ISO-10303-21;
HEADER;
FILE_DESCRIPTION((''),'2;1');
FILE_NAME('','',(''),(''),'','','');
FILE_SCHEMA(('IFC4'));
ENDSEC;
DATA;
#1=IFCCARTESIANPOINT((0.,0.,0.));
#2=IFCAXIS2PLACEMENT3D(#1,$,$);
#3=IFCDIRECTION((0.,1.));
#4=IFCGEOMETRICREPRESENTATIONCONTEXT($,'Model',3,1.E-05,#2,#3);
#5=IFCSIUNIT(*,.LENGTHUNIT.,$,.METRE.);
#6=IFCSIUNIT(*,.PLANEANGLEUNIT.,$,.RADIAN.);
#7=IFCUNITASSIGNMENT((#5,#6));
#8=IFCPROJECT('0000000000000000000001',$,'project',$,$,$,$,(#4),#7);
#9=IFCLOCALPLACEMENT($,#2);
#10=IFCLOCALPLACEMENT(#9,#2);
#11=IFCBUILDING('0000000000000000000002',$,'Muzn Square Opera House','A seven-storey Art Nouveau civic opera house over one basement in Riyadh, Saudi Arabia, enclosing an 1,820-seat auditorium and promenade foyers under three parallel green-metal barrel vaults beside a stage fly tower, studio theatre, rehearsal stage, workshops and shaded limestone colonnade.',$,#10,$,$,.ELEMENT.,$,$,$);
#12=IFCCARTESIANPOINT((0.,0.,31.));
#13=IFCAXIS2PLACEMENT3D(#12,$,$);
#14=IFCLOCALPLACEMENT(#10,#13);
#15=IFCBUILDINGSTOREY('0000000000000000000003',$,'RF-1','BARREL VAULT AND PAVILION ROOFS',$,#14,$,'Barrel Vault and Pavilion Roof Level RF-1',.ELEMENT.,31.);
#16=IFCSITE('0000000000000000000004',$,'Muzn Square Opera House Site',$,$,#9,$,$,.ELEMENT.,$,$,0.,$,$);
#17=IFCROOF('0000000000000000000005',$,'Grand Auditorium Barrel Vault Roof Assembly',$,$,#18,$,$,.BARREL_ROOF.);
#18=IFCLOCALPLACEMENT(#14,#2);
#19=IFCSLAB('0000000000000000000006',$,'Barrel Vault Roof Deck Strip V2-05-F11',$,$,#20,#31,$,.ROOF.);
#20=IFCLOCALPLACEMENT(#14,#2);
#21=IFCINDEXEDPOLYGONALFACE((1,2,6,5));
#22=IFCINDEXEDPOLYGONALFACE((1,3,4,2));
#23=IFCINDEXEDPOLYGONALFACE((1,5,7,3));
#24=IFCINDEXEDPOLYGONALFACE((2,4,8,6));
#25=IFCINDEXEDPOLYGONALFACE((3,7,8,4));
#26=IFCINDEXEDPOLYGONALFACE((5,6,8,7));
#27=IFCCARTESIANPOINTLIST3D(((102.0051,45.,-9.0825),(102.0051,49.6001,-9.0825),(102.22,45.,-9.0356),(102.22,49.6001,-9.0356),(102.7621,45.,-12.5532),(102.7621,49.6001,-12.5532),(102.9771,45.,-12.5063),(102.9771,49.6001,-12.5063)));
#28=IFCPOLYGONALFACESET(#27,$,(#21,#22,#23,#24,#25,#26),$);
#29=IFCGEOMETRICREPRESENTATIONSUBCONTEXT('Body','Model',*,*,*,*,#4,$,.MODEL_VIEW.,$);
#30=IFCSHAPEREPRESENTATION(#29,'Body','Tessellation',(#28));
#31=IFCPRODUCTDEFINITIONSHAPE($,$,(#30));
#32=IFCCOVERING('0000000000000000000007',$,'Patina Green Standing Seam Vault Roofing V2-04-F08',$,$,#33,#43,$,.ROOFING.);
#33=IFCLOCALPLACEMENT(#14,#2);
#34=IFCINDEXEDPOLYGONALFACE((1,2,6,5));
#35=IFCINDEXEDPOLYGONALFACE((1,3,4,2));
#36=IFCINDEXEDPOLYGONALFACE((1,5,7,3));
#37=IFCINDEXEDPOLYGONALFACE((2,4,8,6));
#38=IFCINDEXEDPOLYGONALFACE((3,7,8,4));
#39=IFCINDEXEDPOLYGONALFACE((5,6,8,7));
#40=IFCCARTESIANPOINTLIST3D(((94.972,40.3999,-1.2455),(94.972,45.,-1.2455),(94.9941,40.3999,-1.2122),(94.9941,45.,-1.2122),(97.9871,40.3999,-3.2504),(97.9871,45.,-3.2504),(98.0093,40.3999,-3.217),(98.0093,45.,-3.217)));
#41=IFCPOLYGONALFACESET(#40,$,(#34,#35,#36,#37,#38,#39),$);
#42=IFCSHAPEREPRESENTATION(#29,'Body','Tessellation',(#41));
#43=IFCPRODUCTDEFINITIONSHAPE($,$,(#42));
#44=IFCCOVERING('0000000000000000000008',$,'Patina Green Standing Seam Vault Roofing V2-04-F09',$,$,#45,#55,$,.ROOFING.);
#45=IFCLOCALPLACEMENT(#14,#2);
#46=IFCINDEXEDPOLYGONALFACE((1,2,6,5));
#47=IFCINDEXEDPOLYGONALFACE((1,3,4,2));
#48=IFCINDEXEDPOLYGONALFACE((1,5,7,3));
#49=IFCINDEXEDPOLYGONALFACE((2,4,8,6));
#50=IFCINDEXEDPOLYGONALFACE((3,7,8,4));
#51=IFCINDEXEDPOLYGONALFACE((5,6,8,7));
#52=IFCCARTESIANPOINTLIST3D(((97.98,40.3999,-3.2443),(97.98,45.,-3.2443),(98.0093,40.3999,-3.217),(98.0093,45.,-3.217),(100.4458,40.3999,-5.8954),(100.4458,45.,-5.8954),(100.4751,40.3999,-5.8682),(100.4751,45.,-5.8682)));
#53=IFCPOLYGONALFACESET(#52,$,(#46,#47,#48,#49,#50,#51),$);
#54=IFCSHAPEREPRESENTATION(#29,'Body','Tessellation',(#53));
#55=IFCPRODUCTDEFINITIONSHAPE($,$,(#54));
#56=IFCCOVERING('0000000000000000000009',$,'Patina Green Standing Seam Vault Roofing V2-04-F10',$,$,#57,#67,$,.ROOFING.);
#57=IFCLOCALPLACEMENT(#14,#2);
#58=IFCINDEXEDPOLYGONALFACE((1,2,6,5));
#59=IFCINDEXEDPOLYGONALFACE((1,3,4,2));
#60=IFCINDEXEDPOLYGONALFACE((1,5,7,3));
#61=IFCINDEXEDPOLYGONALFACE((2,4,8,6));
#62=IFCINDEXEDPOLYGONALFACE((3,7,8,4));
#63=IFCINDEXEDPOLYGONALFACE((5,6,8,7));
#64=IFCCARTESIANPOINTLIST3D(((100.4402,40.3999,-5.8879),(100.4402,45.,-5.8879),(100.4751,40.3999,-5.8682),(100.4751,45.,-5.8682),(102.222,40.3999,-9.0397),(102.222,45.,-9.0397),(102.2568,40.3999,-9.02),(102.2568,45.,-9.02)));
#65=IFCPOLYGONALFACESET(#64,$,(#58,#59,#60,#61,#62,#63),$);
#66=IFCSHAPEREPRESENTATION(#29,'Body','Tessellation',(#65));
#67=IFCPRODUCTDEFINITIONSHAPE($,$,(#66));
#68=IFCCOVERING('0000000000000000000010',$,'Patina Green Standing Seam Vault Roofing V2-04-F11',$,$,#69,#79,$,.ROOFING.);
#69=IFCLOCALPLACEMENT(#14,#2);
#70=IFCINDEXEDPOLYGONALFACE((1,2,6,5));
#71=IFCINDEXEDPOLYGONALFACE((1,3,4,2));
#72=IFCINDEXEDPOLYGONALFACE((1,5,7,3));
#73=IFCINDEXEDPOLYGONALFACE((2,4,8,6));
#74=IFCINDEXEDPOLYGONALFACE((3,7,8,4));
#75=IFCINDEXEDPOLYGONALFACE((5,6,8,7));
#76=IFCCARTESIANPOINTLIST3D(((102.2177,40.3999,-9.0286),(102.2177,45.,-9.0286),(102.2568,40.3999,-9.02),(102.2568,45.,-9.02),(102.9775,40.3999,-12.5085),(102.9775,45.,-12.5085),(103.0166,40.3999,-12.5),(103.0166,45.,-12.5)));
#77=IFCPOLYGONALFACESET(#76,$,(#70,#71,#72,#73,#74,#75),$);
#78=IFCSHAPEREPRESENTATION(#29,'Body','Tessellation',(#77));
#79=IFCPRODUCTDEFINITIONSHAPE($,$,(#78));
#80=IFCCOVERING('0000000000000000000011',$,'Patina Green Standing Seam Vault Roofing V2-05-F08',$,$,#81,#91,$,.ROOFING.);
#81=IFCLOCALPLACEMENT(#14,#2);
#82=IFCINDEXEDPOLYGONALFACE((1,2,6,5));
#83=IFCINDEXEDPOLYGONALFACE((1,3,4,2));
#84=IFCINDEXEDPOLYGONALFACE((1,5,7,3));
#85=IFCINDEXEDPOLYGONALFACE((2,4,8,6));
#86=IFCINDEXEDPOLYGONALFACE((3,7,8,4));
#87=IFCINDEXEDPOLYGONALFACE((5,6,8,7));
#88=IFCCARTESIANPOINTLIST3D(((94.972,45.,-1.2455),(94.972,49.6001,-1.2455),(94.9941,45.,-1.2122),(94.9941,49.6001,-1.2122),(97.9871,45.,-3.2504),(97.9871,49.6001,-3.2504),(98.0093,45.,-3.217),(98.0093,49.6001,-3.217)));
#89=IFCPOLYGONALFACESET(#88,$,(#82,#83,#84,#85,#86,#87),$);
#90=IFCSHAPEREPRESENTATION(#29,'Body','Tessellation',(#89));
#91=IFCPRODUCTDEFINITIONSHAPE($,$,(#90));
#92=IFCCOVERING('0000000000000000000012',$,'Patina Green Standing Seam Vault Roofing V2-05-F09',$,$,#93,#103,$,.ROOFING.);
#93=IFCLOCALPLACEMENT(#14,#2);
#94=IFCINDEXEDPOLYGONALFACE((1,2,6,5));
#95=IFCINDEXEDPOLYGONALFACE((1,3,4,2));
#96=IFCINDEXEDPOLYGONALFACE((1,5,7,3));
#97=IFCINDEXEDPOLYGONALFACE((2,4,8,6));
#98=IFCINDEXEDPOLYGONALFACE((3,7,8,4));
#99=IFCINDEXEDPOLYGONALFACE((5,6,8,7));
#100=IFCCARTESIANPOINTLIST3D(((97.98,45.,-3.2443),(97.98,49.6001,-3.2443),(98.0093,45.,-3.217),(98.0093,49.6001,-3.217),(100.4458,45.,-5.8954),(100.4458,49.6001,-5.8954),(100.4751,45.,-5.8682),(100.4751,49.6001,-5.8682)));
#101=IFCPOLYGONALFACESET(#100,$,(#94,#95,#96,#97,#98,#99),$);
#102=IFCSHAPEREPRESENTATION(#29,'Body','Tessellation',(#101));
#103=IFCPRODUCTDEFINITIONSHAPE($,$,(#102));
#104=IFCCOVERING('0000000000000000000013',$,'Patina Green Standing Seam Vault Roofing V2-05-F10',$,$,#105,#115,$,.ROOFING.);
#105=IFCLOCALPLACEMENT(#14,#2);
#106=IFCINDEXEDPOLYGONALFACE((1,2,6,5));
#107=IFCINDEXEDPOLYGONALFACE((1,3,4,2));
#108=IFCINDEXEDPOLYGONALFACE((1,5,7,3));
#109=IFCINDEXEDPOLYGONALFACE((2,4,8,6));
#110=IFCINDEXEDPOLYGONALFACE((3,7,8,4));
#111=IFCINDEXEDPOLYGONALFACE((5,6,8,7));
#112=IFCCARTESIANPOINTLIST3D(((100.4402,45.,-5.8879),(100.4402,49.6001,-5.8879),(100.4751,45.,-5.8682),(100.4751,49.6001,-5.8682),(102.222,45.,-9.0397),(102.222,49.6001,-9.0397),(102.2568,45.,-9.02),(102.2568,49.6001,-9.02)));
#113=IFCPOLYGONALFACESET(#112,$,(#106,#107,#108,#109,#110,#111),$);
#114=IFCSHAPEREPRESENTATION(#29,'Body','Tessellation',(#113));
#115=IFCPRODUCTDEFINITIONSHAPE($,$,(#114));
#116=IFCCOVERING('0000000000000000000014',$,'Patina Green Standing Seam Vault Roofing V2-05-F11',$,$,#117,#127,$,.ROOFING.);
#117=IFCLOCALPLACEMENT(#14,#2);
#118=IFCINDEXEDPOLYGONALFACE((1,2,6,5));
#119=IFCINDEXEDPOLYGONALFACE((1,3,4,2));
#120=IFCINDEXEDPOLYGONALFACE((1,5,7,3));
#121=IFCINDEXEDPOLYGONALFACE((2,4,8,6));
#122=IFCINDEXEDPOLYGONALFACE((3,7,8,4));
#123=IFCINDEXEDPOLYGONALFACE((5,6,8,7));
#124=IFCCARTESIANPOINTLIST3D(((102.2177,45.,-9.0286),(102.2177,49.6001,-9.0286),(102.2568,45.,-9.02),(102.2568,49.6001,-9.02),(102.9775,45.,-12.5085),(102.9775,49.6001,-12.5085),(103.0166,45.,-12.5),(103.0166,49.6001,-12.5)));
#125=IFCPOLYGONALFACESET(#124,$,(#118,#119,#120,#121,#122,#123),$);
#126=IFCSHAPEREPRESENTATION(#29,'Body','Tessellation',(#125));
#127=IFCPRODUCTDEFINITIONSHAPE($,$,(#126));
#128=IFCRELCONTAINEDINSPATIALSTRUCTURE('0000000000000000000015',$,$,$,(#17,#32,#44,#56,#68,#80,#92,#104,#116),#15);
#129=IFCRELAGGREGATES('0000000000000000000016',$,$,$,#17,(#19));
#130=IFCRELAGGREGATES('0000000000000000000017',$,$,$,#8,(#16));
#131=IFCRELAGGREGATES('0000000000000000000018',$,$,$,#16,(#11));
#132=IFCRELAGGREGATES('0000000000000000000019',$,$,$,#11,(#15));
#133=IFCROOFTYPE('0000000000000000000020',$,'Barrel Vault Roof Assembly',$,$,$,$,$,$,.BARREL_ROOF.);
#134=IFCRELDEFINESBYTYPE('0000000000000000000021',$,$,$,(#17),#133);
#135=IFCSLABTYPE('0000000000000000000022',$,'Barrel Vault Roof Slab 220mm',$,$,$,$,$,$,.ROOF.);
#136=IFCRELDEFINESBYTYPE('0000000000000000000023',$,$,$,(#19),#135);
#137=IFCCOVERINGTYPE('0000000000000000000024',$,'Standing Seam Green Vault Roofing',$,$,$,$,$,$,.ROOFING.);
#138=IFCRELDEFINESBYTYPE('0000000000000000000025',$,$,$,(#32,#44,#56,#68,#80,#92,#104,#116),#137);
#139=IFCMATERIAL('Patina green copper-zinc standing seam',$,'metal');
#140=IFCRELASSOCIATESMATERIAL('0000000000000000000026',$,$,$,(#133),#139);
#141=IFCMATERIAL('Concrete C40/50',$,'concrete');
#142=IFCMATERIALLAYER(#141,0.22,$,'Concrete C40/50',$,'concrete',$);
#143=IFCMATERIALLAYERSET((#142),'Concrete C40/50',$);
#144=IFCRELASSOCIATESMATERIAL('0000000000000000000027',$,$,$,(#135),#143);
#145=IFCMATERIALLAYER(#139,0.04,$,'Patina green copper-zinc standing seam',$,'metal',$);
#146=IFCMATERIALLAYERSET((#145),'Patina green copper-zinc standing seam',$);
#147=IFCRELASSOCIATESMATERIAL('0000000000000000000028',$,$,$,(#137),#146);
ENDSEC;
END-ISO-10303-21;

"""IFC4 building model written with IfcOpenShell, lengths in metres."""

from ifc_helpers import new_model, si_unit, direction, frame, origin, place, context, subcontext, project, spatial, polyline, outline, extrude, material, layer, layer_set, type_object, element, aggregate, save


model = new_model("IFC4")

# Units and contexts
model_context = context("Model", 3, precision=1e-05, world=origin(), true_north=direction((0.0, 1.0)))
body_context = subcontext(model_context, "Body", "Model", "MODEL_VIEW")
ifc_project = project(units=[si_unit("LENGTHUNIT", "METRE"), si_unit("PLANEANGLEUNIT", "RADIAN")], contexts=[model_context])

# Site, building, storey
site_placement = place(None, origin())
site = spatial("IfcSite", under=ifc_project, at=site_placement, Name="Muzn Square Opera House Site", CompositionType="ELEMENT", RefElevation=0.0)
building_placement = place(site_placement, origin())
building = spatial("IfcBuilding", under=site, at=building_placement, Name="Muzn Square Opera House", Description="A seven-storey Art Nouveau civic opera house over one basement in Riyadh, Saudi Arabia, enclosing an 1,820-seat auditorium and promenade foyers under three parallel green-metal barrel vaults beside a stage fly tower, studio theatre, rehearsal stage, workshops and shaded limestone colonnade.", CompositionType="ELEMENT")
storey_placement = place(building_placement, frame((0.0, 0.0, 31.0)))
storey = spatial("IfcBuildingStorey", under=building, at=storey_placement, Name="RF-1", Description="BARREL VAULT AND PAVILION ROOFS", LongName="Barrel Vault and Pavilion Roof Level RF-1", CompositionType="ELEMENT", Elevation=31.0)

# Roof, slab
ifc_material_1 = material(Name="Patina green copper-zinc standing seam", Category="metal")
roof_type = type_object("IfcRoofType", Name="Barrel Vault Roof Assembly", PredefinedType="BARREL_ROOF", material=ifc_material_1)
roof_placement = place(storey_placement, origin())
roof = element("IfcRoof", 1, at=roof_placement, inside=storey, type_object=roof_type, Name="Grand Auditorium Barrel Vault Roof Assembly", PredefinedType="BARREL_ROOF")
ifc_material_2 = material(Name="Concrete C40/50", Category="concrete")
ifc_layer_1 = layer(ifc_material_2, 0.22, Name="Concrete C40/50", Category="concrete")
ifc_layer_set_1 = layer_set([ifc_layer_1], Name="Concrete C40/50")
slab_type = type_object("IfcSlabType", Name="Barrel Vault Roof Slab 220mm", PredefinedType="ROOF", material=ifc_layer_set_1)
slab_1_placement = place(storey_placement, frame((102.22, 45.0, -9.0356), z_axis=(0.977025, 0.0, 0.213123), x_axis=(0.213123, 0.0, -0.977025)))
slab_1 = element("IfcSlab", 2, at=slab_1_placement, type_object=slab_type, Name="Barrel Vault Roof Deck Strip V2-05-F11", PredefinedType="ROOF", context=body_context, shape_type="SweptSolid", body=[
    extrude(outline(polyline([(0.0, 0.0), (3.5523, 0.0), (3.5523, 4.6001), (0.0, 4.6001), (0.0, 0.0)])), origin(), (0.0, 0.0, -1.0), 0.22),
])
aggregate(roof, [slab_1])

# Coverings
ifc_layer_2 = layer(ifc_material_1, 0.04, Name="Patina green copper-zinc standing seam", Category="metal")
ifc_layer_set_2 = layer_set([ifc_layer_2], Name="Patina green copper-zinc standing seam")
covering_type = type_object("IfcCoveringType", Name="Standing Seam Green Vault Roofing", PredefinedType="ROOFING", material=ifc_layer_set_2)
covering_1_placement = place(storey_placement, frame((94.9941, 40.3999, -1.2122), z_axis=(0.553704, 0.0, 0.832714), x_axis=(0.832714, 0.0, -0.553704)))
element("IfcCovering", 3, at=covering_1_placement, inside=storey, type_object=covering_type, Name="Patina Green Standing Seam Vault Roofing V2-04-F08", PredefinedType="ROOFING", context=body_context, shape_type="SweptSolid", body=[
    extrude(outline(polyline([(0.0, 0.0), (3.6209, 0.0), (3.6209, 4.6001), (0.0, 4.6001), (0.0, 0.0)])), origin(), (0.0, 0.0, -1.0), 0.04),
])
covering_2_placement = place(storey_placement, frame((98.0093, 40.3999, -3.217), z_axis=(0.732234, 0.0, 0.681053), x_axis=(0.681053, 0.0, -0.732234)))
element("IfcCovering", 4, at=covering_2_placement, inside=storey, type_object=covering_type, Name="Patina Green Standing Seam Vault Roofing V2-04-F09", PredefinedType="ROOFING", context=body_context, shape_type="SweptSolid", body=[
    extrude(outline(polyline([(0.0, 0.0), (3.6206, 0.0), (3.6206, 4.6001), (0.0, 4.6001), (0.0, 0.0)])), origin(), (0.0, 0.0, -1.0), 0.04),
])
covering_3_placement = place(storey_placement, frame((100.4751, 40.3999, -5.8682), z_axis=(0.870533, 0.0, 0.492111), x_axis=(0.492111, 0.0, -0.870533)))
element("IfcCovering", 5, at=covering_3_placement, inside=storey, type_object=covering_type, Name="Patina Green Standing Seam Vault Roofing V2-04-F10", PredefinedType="ROOFING", context=body_context, shape_type="SweptSolid", body=[
    extrude(outline(polyline([(0.0, 0.0), (3.6206, 0.0), (3.6206, 4.6001), (0.0, 4.6001), (0.0, 0.0)])), origin(), (0.0, 0.0, -1.0), 0.04),
])
covering_4_placement = place(storey_placement, frame((102.2568, 40.3999, -9.02), z_axis=(0.976987, 0.0, 0.2133), x_axis=(0.2133, 0.0, -0.976987)))
element("IfcCovering", 6, at=covering_4_placement, inside=storey, type_object=covering_type, Name="Patina Green Standing Seam Vault Roofing V2-04-F11", PredefinedType="ROOFING", context=body_context, shape_type="SweptSolid", body=[
    extrude(outline(polyline([(0.0, 0.0), (3.562, 0.0), (3.562, 4.6001), (0.0, 4.6001), (0.0, 0.0)])), origin(), (0.0, 0.0, -1.0), 0.04),
])
covering_5_placement = place(storey_placement, frame((94.9941, 45.0, -1.2122), z_axis=(0.553704, 0.0, 0.832714), x_axis=(0.832714, 0.0, -0.553704)))
element("IfcCovering", 7, at=covering_5_placement, inside=storey, type_object=covering_type, Name="Patina Green Standing Seam Vault Roofing V2-05-F08", PredefinedType="ROOFING", context=body_context, shape_type="SweptSolid", body=[
    extrude(outline(polyline([(0.0, 0.0), (3.6209, 0.0), (3.6209, 4.6001), (0.0, 4.6001), (0.0, 0.0)])), origin(), (0.0, 0.0, -1.0), 0.04),
])
covering_6_placement = place(storey_placement, frame((98.0093, 45.0, -3.217), z_axis=(0.732234, 0.0, 0.681053), x_axis=(0.681053, 0.0, -0.732234)))
element("IfcCovering", 8, at=covering_6_placement, inside=storey, type_object=covering_type, Name="Patina Green Standing Seam Vault Roofing V2-05-F09", PredefinedType="ROOFING", context=body_context, shape_type="SweptSolid", body=[
    extrude(outline(polyline([(0.0, 0.0), (3.6206, 0.0), (3.6206, 4.6001), (0.0, 4.6001), (0.0, 0.0)])), origin(), (0.0, 0.0, -1.0), 0.04),
])
covering_7_placement = place(storey_placement, frame((100.4751, 45.0, -5.8682), z_axis=(0.870533, 0.0, 0.492111), x_axis=(0.492111, 0.0, -0.870533)))
element("IfcCovering", 9, at=covering_7_placement, inside=storey, type_object=covering_type, Name="Patina Green Standing Seam Vault Roofing V2-05-F10", PredefinedType="ROOFING", context=body_context, shape_type="SweptSolid", body=[
    extrude(outline(polyline([(0.0, 0.0), (3.6206, 0.0), (3.6206, 4.6001), (0.0, 4.6001), (0.0, 0.0)])), origin(), (0.0, 0.0, -1.0), 0.04),
])
covering_8_placement = place(storey_placement, frame((102.2568, 45.0, -9.02), z_axis=(0.976987, 0.0, 0.2133), x_axis=(0.2133, 0.0, -0.976987)))
element("IfcCovering", 10, at=covering_8_placement, inside=storey, type_object=covering_type, Name="Patina Green Standing Seam Vault Roofing V2-05-F11", PredefinedType="ROOFING", context=body_context, shape_type="SweptSolid", body=[
    extrude(outline(polyline([(0.0, 0.0), (3.562, 0.0), (3.562, 4.6001), (0.0, 4.6001), (0.0, 0.0)])), origin(), (0.0, 0.0, -1.0), 0.04),
])

save(model, "model.ifc")
